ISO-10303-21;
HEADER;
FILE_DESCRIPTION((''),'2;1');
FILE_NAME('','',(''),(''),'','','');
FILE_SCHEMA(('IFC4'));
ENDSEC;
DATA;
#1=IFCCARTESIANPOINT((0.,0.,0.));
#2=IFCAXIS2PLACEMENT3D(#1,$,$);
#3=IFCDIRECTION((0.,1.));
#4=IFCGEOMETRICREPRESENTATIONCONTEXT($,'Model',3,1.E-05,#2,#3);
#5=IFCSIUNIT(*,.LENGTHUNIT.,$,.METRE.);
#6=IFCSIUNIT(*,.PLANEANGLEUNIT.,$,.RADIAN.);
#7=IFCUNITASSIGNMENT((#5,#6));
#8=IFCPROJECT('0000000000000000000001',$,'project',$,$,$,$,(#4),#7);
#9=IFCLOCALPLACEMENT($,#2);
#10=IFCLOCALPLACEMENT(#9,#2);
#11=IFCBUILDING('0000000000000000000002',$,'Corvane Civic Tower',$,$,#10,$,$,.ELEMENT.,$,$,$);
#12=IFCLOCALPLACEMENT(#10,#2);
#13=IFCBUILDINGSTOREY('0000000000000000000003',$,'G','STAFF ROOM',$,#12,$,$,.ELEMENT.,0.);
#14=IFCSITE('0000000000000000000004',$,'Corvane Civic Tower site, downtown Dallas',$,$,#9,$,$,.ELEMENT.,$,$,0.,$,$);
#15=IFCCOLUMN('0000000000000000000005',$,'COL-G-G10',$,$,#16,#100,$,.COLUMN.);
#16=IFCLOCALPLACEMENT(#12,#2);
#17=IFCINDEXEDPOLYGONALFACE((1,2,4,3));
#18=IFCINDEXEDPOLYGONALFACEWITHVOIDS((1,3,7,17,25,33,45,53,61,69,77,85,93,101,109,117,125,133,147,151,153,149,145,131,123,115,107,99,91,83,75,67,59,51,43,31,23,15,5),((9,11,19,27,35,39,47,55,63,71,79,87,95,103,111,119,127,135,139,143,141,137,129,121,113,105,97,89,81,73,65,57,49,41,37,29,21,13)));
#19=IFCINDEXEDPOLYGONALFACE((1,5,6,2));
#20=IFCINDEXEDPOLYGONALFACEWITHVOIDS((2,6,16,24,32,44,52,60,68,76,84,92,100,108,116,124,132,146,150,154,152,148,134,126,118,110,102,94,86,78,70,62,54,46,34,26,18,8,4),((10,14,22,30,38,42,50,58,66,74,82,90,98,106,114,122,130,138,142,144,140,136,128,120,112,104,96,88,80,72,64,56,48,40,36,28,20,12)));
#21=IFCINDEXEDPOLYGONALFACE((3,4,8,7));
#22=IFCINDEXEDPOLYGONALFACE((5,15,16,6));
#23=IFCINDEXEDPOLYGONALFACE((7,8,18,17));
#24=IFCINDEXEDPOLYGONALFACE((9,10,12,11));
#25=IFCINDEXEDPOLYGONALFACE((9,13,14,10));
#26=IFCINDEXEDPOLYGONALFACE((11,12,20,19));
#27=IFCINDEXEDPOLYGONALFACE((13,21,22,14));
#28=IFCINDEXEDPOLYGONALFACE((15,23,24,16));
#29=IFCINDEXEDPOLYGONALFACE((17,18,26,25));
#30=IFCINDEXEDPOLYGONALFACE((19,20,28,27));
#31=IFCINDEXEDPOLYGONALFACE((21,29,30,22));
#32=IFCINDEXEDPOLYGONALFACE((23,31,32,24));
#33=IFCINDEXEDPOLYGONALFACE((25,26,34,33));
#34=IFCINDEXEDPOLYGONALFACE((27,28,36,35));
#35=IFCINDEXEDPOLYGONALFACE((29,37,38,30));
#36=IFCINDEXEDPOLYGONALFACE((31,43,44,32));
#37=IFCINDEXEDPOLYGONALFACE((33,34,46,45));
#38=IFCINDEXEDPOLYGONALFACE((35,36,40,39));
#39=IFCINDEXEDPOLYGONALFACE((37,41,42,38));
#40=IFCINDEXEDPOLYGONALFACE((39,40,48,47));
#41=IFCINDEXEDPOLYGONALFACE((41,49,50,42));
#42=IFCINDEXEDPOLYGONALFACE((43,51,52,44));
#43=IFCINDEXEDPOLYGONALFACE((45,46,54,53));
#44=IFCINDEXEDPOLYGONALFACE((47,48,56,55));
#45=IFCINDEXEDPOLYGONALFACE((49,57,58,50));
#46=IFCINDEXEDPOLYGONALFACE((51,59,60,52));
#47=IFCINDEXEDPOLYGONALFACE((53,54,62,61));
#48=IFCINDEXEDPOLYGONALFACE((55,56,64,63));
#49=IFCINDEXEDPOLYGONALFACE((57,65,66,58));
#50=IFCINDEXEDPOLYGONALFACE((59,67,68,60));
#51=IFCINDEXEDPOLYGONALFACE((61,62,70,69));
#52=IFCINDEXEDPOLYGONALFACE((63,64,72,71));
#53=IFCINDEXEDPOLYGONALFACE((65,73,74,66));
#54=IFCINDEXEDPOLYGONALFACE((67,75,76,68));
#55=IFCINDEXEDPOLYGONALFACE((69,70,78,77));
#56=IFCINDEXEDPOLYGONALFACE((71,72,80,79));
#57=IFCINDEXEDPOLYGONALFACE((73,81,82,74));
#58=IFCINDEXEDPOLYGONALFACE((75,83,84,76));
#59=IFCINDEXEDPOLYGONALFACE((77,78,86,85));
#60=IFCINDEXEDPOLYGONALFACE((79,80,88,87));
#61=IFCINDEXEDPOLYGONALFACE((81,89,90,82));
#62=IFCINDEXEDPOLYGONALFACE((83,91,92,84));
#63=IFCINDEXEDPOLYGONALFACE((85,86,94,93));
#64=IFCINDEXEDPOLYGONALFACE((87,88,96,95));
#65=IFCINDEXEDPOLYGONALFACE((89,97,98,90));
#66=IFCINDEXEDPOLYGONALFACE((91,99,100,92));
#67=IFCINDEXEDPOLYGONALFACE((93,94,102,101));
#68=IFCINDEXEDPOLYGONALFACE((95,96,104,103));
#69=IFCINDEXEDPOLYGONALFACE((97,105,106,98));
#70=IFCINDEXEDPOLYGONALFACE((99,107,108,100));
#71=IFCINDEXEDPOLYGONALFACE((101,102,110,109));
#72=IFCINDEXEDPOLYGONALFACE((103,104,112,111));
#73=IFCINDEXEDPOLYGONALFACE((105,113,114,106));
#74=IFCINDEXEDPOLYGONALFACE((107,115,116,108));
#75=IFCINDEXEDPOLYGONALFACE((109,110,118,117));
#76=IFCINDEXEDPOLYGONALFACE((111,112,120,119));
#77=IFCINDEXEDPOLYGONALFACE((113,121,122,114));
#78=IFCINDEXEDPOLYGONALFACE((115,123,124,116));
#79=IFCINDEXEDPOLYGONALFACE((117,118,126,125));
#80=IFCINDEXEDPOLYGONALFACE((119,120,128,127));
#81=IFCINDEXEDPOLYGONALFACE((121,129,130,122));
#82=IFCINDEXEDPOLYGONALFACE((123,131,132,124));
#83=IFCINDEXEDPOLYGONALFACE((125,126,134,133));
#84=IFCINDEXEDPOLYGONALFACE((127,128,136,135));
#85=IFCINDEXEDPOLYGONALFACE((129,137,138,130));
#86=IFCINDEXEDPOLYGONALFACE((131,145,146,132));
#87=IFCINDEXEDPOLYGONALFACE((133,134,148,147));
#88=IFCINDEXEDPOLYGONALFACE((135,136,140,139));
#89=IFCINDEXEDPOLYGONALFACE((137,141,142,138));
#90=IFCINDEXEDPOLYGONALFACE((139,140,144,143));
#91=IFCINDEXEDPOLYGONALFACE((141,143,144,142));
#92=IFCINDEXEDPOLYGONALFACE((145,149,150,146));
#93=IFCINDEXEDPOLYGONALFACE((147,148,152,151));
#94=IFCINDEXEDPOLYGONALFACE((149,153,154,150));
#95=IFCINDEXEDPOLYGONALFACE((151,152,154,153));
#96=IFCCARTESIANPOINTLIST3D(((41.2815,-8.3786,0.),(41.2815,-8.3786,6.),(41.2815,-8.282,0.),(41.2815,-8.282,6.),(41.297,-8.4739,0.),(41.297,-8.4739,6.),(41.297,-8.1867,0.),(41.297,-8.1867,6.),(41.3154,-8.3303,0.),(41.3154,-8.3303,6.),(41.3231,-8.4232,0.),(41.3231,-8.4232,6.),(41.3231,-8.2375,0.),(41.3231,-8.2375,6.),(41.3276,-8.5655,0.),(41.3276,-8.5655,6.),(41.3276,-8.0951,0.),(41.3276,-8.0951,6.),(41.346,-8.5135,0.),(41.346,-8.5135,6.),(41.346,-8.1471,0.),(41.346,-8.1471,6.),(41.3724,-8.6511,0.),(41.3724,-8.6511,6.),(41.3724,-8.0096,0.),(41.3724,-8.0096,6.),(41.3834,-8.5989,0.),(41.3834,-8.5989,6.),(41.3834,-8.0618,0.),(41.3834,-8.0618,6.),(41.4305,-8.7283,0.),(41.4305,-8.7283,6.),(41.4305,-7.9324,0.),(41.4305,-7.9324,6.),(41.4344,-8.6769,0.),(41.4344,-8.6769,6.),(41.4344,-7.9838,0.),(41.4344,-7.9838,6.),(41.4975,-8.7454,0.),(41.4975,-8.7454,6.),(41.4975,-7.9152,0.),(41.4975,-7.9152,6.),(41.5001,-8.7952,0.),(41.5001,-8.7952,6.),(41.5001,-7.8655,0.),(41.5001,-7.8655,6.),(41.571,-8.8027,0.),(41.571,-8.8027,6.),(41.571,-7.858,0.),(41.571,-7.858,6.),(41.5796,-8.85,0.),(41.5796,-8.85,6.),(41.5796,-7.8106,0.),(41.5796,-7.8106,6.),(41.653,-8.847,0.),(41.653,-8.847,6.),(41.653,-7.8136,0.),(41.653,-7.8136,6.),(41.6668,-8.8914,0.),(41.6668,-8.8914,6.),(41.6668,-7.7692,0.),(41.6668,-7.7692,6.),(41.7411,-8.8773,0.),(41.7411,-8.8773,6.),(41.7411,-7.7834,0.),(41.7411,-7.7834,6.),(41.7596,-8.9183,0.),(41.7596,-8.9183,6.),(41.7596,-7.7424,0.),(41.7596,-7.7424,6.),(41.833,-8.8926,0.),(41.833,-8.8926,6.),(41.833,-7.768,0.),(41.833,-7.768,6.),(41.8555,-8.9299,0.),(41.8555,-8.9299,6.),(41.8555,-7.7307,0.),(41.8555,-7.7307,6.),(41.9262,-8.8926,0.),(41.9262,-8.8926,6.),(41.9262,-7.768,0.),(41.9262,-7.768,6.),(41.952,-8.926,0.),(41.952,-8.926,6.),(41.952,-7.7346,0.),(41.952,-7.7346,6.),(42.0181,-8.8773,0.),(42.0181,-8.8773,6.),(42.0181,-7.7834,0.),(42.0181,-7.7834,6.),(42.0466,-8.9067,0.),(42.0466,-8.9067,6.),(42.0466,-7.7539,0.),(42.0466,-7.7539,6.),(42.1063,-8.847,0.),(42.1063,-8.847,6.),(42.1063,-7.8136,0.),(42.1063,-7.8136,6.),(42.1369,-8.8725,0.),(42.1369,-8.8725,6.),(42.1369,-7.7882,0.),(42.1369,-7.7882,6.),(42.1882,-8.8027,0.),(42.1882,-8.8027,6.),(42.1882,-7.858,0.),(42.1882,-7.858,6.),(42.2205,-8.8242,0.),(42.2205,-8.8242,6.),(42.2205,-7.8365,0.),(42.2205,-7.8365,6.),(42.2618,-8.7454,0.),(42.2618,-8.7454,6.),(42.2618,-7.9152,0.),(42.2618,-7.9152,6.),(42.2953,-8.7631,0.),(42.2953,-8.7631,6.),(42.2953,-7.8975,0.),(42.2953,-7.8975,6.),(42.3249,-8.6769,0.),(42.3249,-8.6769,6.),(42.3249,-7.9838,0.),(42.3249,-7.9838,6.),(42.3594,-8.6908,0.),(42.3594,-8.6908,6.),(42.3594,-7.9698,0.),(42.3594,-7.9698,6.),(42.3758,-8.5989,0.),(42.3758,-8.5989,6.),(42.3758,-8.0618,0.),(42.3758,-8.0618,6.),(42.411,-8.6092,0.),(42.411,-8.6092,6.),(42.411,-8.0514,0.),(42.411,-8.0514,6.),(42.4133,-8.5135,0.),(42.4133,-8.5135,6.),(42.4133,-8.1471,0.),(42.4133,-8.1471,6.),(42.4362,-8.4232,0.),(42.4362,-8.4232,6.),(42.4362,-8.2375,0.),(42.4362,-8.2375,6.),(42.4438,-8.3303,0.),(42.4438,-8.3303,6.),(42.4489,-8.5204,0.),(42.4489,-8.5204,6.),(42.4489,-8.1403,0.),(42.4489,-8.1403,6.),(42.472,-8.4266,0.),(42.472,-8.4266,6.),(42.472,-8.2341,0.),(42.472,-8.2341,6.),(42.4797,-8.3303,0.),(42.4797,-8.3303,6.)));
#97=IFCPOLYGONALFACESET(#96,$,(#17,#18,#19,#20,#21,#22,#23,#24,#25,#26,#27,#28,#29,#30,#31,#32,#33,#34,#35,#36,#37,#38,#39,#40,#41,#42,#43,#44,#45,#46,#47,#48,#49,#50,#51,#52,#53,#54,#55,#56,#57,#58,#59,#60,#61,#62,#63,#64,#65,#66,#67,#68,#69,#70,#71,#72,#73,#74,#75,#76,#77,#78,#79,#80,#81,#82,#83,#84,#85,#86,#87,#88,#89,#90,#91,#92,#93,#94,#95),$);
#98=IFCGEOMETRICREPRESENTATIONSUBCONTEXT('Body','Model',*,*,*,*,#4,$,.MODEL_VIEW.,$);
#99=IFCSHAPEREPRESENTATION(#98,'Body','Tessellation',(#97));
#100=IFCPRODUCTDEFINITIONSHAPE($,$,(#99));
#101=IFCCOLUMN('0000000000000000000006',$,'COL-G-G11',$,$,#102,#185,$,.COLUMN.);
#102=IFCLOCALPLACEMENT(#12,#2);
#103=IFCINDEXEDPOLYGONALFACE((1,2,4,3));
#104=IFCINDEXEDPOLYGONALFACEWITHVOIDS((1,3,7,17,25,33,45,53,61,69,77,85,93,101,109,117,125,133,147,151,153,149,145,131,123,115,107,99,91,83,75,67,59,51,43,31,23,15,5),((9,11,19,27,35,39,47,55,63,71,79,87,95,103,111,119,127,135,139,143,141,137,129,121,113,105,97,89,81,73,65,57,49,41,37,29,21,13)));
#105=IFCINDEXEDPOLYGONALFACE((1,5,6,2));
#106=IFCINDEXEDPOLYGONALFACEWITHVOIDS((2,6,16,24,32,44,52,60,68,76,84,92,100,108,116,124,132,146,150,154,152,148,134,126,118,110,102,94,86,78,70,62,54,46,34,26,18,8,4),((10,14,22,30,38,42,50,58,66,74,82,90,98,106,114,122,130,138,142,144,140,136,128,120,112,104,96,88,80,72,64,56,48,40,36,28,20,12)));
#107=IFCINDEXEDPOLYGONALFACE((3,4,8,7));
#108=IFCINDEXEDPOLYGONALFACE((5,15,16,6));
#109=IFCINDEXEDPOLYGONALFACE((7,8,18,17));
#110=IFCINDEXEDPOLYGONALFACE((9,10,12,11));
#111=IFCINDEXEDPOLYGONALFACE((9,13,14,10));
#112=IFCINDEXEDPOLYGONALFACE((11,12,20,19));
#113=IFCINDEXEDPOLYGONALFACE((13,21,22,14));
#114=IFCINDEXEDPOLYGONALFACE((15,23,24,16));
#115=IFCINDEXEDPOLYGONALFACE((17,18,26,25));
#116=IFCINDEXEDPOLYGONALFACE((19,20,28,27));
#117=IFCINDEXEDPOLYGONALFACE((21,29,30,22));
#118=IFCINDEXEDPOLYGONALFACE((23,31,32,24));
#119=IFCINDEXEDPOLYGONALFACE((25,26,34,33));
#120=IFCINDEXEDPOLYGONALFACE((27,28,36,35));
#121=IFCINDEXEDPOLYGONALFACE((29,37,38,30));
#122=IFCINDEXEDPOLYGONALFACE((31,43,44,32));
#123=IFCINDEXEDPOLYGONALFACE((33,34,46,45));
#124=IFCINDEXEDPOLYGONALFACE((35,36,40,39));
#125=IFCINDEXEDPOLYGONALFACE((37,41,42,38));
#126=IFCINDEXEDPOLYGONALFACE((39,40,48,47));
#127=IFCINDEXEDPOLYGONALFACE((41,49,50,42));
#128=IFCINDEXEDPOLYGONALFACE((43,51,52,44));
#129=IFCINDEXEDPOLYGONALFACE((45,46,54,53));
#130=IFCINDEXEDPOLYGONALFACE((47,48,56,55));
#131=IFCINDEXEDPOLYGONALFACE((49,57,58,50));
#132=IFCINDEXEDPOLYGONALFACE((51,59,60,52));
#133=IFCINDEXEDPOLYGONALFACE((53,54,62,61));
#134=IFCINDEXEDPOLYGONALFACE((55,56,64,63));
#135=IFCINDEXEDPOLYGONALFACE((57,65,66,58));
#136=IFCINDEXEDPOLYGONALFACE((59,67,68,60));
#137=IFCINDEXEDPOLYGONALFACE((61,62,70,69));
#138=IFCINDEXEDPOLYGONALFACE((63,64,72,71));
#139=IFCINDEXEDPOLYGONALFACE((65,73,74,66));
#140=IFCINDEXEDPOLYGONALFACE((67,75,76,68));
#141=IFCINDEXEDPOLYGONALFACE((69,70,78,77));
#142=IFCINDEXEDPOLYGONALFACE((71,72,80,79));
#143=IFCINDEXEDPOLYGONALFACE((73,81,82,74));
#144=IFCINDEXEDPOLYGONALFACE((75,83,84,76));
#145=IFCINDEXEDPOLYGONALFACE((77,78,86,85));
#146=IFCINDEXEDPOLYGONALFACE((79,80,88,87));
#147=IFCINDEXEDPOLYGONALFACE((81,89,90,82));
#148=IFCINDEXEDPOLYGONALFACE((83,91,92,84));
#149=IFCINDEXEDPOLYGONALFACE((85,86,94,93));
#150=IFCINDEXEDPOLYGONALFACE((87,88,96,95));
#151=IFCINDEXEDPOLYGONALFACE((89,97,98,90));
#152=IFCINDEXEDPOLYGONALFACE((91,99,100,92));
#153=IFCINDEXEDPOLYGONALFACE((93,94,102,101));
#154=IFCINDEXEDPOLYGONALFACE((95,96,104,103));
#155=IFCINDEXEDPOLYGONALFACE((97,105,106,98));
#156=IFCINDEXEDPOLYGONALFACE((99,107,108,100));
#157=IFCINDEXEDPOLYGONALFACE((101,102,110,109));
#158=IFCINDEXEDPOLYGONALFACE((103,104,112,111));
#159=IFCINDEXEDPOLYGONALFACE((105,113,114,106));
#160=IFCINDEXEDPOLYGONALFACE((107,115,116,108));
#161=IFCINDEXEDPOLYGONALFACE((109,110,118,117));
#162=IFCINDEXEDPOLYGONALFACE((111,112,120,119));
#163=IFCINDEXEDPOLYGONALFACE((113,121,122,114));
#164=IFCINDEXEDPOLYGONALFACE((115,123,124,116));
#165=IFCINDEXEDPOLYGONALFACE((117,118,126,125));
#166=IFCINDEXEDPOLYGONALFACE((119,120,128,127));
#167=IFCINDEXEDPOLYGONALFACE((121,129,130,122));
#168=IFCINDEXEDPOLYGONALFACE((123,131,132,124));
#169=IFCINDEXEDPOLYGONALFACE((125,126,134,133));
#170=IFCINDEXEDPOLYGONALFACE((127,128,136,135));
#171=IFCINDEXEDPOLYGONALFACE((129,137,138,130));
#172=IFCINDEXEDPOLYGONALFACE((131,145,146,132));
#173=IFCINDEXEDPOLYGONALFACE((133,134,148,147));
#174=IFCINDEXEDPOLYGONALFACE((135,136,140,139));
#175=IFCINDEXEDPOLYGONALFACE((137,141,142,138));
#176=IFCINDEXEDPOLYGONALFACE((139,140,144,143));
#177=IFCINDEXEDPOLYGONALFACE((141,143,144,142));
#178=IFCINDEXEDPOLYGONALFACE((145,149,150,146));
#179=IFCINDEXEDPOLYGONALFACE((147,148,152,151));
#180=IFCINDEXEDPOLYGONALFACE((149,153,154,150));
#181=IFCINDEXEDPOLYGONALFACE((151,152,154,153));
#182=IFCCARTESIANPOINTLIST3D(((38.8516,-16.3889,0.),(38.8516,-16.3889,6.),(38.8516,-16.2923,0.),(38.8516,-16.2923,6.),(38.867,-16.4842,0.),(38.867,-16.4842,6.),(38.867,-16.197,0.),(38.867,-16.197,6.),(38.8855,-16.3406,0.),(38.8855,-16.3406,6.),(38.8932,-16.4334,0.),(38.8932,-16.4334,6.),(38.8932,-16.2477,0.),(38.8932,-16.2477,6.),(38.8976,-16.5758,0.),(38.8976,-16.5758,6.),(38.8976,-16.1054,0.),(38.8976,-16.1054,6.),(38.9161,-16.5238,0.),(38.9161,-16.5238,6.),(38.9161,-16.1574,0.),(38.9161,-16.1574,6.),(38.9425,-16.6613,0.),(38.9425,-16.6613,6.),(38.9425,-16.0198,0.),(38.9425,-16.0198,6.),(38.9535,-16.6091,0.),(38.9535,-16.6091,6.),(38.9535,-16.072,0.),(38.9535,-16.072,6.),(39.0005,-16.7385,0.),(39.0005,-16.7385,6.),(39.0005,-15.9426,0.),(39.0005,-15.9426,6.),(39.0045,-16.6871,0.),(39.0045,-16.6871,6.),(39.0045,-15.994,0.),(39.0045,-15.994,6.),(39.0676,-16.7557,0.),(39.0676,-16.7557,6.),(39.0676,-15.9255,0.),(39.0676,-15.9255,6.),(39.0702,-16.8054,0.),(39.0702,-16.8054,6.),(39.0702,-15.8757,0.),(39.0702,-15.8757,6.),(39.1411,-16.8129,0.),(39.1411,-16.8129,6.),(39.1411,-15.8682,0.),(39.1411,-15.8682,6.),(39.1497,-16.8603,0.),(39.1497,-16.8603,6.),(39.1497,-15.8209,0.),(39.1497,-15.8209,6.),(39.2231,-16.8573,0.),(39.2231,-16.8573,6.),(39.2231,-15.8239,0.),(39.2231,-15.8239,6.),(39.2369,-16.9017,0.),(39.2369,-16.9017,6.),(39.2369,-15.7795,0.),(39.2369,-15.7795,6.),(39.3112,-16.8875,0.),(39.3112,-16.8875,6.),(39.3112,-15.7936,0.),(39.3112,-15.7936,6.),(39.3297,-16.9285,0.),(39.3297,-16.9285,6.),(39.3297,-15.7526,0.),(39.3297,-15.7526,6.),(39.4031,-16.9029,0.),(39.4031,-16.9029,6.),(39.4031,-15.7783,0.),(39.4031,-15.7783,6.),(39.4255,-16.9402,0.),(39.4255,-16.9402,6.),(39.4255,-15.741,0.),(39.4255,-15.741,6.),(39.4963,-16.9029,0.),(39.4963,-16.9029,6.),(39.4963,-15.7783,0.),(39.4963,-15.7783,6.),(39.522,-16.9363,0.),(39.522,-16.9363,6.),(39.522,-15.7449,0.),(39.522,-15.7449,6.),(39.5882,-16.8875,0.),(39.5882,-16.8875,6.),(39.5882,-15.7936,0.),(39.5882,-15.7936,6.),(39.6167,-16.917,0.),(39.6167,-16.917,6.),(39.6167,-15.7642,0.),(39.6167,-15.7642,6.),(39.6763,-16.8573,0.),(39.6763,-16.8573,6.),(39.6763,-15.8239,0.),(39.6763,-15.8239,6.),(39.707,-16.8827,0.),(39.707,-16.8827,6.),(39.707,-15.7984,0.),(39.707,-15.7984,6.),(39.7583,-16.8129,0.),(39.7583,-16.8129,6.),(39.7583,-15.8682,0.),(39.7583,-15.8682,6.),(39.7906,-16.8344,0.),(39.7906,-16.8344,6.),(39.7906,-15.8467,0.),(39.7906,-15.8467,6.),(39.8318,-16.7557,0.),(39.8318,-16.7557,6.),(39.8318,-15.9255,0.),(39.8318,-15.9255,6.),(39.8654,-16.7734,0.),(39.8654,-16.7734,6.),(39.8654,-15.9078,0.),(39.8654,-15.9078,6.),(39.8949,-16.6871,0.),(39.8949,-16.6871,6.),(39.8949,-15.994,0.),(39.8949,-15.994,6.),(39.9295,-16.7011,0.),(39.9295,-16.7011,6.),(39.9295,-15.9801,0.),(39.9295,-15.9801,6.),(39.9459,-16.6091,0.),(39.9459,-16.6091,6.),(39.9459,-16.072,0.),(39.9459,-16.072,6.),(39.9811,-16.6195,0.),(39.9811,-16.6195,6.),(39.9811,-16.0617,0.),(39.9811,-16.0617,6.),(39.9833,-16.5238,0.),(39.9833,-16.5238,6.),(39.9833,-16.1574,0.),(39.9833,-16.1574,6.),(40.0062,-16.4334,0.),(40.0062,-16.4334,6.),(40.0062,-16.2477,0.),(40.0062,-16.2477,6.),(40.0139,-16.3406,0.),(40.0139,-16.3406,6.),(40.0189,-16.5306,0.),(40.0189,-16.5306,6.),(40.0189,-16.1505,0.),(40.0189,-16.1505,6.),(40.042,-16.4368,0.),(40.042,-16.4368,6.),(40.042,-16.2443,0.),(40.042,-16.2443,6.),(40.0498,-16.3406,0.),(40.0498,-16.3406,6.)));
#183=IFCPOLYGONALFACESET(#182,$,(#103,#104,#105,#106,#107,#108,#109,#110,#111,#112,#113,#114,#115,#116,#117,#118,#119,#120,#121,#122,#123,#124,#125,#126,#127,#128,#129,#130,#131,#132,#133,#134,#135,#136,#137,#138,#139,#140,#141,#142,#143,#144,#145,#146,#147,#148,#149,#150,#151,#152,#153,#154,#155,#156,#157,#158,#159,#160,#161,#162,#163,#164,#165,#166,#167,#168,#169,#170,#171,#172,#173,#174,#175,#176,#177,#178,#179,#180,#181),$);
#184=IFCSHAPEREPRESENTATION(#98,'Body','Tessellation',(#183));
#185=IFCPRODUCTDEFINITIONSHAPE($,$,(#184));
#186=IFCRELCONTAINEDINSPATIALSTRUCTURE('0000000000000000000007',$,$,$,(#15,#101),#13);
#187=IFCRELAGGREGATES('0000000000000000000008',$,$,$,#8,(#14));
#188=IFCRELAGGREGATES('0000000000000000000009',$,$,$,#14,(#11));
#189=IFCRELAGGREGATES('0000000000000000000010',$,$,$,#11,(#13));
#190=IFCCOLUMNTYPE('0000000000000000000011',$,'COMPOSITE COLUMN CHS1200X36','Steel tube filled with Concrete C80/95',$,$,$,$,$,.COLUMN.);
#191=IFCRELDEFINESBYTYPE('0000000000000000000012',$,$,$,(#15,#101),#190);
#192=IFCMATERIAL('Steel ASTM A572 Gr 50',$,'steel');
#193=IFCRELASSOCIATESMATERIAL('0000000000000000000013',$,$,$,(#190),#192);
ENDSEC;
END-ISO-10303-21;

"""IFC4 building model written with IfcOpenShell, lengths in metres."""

from ifc_helpers import new_model, si_unit, direction, frame, origin, origin_2d, place, context, subcontext, project, spatial, hollow_circle, extrude, material, material_profile, profile_set, type_object, element, save


model = new_model("IFC4")

# Units and contexts
model_context = context("Model", 3, precision=1e-05, world=origin(), true_north=direction((0.0, 1.0)))
body_context = subcontext(model_context, "Body", "Model", "MODEL_VIEW")
ifc_project = project(units=[si_unit("LENGTHUNIT", "METRE"), si_unit("PLANEANGLEUNIT", "RADIAN")], contexts=[model_context])

# Site, building, storey
site_placement = place(None, origin())
site = spatial("IfcSite", under=ifc_project, at=site_placement, Name="Corvane Civic Tower site, downtown Dallas", CompositionType="ELEMENT", RefElevation=0.0)
building_placement = place(site_placement, origin())
building = spatial("IfcBuilding", under=site, at=building_placement, Name="Corvane Civic Tower", CompositionType="ELEMENT")
storey_placement = place(building_placement, origin())
storey = spatial("IfcBuildingStorey", under=building, at=storey_placement, Name="G", Description="STAFF ROOM", CompositionType="ELEMENT", Elevation=0.0)

# Columns
ifc_material_1 = material(Name="Steel ASTM A572 Gr 50", Category="steel")
ifc_material_profile_1 = material_profile(ifc_material_1, hollow_circle(Radius=0.6001, WallThickness=0.0359, at=origin_2d()), Name="CHS1200X36")
ifc_profile_set_1 = profile_set([ifc_material_profile_1], Name="Steel ASTM A572 Gr 50")
column_type_1 = type_object("IfcColumnType", Name="COMPOSITE COLUMN CHS1200X36", Description="Steel tube filled with Concrete C80/95", PredefinedType="COLUMN", material=ifc_profile_set_1)
for number, where, z_axis, x_axis, name in (
    (1, (41.8796, -8.3303, 0.0), (0.0, 0.0, 1.0), (1.0, 0.0, 0.0), "COL-G-G10"),
    (2, (39.4497, -16.3406, 0.0), (0.0, 0.0, 1.0), (1.0, 0.0, 0.0), "COL-G-G11"),
):
    element("IfcColumn", number, at=place(storey_placement, frame(where, z_axis=z_axis, x_axis=x_axis)), inside=storey, type_object=column_type_1, Name=name, PredefinedType="COLUMN", context=body_context, shape_type="SweptSolid", body=[
        extrude(hollow_circle(Radius=0.6001, WallThickness=0.0359, at=origin_2d()), origin(), (0.0, 0.0, 1.0), 6.0),
    ])

save(model, "model.ifc")
